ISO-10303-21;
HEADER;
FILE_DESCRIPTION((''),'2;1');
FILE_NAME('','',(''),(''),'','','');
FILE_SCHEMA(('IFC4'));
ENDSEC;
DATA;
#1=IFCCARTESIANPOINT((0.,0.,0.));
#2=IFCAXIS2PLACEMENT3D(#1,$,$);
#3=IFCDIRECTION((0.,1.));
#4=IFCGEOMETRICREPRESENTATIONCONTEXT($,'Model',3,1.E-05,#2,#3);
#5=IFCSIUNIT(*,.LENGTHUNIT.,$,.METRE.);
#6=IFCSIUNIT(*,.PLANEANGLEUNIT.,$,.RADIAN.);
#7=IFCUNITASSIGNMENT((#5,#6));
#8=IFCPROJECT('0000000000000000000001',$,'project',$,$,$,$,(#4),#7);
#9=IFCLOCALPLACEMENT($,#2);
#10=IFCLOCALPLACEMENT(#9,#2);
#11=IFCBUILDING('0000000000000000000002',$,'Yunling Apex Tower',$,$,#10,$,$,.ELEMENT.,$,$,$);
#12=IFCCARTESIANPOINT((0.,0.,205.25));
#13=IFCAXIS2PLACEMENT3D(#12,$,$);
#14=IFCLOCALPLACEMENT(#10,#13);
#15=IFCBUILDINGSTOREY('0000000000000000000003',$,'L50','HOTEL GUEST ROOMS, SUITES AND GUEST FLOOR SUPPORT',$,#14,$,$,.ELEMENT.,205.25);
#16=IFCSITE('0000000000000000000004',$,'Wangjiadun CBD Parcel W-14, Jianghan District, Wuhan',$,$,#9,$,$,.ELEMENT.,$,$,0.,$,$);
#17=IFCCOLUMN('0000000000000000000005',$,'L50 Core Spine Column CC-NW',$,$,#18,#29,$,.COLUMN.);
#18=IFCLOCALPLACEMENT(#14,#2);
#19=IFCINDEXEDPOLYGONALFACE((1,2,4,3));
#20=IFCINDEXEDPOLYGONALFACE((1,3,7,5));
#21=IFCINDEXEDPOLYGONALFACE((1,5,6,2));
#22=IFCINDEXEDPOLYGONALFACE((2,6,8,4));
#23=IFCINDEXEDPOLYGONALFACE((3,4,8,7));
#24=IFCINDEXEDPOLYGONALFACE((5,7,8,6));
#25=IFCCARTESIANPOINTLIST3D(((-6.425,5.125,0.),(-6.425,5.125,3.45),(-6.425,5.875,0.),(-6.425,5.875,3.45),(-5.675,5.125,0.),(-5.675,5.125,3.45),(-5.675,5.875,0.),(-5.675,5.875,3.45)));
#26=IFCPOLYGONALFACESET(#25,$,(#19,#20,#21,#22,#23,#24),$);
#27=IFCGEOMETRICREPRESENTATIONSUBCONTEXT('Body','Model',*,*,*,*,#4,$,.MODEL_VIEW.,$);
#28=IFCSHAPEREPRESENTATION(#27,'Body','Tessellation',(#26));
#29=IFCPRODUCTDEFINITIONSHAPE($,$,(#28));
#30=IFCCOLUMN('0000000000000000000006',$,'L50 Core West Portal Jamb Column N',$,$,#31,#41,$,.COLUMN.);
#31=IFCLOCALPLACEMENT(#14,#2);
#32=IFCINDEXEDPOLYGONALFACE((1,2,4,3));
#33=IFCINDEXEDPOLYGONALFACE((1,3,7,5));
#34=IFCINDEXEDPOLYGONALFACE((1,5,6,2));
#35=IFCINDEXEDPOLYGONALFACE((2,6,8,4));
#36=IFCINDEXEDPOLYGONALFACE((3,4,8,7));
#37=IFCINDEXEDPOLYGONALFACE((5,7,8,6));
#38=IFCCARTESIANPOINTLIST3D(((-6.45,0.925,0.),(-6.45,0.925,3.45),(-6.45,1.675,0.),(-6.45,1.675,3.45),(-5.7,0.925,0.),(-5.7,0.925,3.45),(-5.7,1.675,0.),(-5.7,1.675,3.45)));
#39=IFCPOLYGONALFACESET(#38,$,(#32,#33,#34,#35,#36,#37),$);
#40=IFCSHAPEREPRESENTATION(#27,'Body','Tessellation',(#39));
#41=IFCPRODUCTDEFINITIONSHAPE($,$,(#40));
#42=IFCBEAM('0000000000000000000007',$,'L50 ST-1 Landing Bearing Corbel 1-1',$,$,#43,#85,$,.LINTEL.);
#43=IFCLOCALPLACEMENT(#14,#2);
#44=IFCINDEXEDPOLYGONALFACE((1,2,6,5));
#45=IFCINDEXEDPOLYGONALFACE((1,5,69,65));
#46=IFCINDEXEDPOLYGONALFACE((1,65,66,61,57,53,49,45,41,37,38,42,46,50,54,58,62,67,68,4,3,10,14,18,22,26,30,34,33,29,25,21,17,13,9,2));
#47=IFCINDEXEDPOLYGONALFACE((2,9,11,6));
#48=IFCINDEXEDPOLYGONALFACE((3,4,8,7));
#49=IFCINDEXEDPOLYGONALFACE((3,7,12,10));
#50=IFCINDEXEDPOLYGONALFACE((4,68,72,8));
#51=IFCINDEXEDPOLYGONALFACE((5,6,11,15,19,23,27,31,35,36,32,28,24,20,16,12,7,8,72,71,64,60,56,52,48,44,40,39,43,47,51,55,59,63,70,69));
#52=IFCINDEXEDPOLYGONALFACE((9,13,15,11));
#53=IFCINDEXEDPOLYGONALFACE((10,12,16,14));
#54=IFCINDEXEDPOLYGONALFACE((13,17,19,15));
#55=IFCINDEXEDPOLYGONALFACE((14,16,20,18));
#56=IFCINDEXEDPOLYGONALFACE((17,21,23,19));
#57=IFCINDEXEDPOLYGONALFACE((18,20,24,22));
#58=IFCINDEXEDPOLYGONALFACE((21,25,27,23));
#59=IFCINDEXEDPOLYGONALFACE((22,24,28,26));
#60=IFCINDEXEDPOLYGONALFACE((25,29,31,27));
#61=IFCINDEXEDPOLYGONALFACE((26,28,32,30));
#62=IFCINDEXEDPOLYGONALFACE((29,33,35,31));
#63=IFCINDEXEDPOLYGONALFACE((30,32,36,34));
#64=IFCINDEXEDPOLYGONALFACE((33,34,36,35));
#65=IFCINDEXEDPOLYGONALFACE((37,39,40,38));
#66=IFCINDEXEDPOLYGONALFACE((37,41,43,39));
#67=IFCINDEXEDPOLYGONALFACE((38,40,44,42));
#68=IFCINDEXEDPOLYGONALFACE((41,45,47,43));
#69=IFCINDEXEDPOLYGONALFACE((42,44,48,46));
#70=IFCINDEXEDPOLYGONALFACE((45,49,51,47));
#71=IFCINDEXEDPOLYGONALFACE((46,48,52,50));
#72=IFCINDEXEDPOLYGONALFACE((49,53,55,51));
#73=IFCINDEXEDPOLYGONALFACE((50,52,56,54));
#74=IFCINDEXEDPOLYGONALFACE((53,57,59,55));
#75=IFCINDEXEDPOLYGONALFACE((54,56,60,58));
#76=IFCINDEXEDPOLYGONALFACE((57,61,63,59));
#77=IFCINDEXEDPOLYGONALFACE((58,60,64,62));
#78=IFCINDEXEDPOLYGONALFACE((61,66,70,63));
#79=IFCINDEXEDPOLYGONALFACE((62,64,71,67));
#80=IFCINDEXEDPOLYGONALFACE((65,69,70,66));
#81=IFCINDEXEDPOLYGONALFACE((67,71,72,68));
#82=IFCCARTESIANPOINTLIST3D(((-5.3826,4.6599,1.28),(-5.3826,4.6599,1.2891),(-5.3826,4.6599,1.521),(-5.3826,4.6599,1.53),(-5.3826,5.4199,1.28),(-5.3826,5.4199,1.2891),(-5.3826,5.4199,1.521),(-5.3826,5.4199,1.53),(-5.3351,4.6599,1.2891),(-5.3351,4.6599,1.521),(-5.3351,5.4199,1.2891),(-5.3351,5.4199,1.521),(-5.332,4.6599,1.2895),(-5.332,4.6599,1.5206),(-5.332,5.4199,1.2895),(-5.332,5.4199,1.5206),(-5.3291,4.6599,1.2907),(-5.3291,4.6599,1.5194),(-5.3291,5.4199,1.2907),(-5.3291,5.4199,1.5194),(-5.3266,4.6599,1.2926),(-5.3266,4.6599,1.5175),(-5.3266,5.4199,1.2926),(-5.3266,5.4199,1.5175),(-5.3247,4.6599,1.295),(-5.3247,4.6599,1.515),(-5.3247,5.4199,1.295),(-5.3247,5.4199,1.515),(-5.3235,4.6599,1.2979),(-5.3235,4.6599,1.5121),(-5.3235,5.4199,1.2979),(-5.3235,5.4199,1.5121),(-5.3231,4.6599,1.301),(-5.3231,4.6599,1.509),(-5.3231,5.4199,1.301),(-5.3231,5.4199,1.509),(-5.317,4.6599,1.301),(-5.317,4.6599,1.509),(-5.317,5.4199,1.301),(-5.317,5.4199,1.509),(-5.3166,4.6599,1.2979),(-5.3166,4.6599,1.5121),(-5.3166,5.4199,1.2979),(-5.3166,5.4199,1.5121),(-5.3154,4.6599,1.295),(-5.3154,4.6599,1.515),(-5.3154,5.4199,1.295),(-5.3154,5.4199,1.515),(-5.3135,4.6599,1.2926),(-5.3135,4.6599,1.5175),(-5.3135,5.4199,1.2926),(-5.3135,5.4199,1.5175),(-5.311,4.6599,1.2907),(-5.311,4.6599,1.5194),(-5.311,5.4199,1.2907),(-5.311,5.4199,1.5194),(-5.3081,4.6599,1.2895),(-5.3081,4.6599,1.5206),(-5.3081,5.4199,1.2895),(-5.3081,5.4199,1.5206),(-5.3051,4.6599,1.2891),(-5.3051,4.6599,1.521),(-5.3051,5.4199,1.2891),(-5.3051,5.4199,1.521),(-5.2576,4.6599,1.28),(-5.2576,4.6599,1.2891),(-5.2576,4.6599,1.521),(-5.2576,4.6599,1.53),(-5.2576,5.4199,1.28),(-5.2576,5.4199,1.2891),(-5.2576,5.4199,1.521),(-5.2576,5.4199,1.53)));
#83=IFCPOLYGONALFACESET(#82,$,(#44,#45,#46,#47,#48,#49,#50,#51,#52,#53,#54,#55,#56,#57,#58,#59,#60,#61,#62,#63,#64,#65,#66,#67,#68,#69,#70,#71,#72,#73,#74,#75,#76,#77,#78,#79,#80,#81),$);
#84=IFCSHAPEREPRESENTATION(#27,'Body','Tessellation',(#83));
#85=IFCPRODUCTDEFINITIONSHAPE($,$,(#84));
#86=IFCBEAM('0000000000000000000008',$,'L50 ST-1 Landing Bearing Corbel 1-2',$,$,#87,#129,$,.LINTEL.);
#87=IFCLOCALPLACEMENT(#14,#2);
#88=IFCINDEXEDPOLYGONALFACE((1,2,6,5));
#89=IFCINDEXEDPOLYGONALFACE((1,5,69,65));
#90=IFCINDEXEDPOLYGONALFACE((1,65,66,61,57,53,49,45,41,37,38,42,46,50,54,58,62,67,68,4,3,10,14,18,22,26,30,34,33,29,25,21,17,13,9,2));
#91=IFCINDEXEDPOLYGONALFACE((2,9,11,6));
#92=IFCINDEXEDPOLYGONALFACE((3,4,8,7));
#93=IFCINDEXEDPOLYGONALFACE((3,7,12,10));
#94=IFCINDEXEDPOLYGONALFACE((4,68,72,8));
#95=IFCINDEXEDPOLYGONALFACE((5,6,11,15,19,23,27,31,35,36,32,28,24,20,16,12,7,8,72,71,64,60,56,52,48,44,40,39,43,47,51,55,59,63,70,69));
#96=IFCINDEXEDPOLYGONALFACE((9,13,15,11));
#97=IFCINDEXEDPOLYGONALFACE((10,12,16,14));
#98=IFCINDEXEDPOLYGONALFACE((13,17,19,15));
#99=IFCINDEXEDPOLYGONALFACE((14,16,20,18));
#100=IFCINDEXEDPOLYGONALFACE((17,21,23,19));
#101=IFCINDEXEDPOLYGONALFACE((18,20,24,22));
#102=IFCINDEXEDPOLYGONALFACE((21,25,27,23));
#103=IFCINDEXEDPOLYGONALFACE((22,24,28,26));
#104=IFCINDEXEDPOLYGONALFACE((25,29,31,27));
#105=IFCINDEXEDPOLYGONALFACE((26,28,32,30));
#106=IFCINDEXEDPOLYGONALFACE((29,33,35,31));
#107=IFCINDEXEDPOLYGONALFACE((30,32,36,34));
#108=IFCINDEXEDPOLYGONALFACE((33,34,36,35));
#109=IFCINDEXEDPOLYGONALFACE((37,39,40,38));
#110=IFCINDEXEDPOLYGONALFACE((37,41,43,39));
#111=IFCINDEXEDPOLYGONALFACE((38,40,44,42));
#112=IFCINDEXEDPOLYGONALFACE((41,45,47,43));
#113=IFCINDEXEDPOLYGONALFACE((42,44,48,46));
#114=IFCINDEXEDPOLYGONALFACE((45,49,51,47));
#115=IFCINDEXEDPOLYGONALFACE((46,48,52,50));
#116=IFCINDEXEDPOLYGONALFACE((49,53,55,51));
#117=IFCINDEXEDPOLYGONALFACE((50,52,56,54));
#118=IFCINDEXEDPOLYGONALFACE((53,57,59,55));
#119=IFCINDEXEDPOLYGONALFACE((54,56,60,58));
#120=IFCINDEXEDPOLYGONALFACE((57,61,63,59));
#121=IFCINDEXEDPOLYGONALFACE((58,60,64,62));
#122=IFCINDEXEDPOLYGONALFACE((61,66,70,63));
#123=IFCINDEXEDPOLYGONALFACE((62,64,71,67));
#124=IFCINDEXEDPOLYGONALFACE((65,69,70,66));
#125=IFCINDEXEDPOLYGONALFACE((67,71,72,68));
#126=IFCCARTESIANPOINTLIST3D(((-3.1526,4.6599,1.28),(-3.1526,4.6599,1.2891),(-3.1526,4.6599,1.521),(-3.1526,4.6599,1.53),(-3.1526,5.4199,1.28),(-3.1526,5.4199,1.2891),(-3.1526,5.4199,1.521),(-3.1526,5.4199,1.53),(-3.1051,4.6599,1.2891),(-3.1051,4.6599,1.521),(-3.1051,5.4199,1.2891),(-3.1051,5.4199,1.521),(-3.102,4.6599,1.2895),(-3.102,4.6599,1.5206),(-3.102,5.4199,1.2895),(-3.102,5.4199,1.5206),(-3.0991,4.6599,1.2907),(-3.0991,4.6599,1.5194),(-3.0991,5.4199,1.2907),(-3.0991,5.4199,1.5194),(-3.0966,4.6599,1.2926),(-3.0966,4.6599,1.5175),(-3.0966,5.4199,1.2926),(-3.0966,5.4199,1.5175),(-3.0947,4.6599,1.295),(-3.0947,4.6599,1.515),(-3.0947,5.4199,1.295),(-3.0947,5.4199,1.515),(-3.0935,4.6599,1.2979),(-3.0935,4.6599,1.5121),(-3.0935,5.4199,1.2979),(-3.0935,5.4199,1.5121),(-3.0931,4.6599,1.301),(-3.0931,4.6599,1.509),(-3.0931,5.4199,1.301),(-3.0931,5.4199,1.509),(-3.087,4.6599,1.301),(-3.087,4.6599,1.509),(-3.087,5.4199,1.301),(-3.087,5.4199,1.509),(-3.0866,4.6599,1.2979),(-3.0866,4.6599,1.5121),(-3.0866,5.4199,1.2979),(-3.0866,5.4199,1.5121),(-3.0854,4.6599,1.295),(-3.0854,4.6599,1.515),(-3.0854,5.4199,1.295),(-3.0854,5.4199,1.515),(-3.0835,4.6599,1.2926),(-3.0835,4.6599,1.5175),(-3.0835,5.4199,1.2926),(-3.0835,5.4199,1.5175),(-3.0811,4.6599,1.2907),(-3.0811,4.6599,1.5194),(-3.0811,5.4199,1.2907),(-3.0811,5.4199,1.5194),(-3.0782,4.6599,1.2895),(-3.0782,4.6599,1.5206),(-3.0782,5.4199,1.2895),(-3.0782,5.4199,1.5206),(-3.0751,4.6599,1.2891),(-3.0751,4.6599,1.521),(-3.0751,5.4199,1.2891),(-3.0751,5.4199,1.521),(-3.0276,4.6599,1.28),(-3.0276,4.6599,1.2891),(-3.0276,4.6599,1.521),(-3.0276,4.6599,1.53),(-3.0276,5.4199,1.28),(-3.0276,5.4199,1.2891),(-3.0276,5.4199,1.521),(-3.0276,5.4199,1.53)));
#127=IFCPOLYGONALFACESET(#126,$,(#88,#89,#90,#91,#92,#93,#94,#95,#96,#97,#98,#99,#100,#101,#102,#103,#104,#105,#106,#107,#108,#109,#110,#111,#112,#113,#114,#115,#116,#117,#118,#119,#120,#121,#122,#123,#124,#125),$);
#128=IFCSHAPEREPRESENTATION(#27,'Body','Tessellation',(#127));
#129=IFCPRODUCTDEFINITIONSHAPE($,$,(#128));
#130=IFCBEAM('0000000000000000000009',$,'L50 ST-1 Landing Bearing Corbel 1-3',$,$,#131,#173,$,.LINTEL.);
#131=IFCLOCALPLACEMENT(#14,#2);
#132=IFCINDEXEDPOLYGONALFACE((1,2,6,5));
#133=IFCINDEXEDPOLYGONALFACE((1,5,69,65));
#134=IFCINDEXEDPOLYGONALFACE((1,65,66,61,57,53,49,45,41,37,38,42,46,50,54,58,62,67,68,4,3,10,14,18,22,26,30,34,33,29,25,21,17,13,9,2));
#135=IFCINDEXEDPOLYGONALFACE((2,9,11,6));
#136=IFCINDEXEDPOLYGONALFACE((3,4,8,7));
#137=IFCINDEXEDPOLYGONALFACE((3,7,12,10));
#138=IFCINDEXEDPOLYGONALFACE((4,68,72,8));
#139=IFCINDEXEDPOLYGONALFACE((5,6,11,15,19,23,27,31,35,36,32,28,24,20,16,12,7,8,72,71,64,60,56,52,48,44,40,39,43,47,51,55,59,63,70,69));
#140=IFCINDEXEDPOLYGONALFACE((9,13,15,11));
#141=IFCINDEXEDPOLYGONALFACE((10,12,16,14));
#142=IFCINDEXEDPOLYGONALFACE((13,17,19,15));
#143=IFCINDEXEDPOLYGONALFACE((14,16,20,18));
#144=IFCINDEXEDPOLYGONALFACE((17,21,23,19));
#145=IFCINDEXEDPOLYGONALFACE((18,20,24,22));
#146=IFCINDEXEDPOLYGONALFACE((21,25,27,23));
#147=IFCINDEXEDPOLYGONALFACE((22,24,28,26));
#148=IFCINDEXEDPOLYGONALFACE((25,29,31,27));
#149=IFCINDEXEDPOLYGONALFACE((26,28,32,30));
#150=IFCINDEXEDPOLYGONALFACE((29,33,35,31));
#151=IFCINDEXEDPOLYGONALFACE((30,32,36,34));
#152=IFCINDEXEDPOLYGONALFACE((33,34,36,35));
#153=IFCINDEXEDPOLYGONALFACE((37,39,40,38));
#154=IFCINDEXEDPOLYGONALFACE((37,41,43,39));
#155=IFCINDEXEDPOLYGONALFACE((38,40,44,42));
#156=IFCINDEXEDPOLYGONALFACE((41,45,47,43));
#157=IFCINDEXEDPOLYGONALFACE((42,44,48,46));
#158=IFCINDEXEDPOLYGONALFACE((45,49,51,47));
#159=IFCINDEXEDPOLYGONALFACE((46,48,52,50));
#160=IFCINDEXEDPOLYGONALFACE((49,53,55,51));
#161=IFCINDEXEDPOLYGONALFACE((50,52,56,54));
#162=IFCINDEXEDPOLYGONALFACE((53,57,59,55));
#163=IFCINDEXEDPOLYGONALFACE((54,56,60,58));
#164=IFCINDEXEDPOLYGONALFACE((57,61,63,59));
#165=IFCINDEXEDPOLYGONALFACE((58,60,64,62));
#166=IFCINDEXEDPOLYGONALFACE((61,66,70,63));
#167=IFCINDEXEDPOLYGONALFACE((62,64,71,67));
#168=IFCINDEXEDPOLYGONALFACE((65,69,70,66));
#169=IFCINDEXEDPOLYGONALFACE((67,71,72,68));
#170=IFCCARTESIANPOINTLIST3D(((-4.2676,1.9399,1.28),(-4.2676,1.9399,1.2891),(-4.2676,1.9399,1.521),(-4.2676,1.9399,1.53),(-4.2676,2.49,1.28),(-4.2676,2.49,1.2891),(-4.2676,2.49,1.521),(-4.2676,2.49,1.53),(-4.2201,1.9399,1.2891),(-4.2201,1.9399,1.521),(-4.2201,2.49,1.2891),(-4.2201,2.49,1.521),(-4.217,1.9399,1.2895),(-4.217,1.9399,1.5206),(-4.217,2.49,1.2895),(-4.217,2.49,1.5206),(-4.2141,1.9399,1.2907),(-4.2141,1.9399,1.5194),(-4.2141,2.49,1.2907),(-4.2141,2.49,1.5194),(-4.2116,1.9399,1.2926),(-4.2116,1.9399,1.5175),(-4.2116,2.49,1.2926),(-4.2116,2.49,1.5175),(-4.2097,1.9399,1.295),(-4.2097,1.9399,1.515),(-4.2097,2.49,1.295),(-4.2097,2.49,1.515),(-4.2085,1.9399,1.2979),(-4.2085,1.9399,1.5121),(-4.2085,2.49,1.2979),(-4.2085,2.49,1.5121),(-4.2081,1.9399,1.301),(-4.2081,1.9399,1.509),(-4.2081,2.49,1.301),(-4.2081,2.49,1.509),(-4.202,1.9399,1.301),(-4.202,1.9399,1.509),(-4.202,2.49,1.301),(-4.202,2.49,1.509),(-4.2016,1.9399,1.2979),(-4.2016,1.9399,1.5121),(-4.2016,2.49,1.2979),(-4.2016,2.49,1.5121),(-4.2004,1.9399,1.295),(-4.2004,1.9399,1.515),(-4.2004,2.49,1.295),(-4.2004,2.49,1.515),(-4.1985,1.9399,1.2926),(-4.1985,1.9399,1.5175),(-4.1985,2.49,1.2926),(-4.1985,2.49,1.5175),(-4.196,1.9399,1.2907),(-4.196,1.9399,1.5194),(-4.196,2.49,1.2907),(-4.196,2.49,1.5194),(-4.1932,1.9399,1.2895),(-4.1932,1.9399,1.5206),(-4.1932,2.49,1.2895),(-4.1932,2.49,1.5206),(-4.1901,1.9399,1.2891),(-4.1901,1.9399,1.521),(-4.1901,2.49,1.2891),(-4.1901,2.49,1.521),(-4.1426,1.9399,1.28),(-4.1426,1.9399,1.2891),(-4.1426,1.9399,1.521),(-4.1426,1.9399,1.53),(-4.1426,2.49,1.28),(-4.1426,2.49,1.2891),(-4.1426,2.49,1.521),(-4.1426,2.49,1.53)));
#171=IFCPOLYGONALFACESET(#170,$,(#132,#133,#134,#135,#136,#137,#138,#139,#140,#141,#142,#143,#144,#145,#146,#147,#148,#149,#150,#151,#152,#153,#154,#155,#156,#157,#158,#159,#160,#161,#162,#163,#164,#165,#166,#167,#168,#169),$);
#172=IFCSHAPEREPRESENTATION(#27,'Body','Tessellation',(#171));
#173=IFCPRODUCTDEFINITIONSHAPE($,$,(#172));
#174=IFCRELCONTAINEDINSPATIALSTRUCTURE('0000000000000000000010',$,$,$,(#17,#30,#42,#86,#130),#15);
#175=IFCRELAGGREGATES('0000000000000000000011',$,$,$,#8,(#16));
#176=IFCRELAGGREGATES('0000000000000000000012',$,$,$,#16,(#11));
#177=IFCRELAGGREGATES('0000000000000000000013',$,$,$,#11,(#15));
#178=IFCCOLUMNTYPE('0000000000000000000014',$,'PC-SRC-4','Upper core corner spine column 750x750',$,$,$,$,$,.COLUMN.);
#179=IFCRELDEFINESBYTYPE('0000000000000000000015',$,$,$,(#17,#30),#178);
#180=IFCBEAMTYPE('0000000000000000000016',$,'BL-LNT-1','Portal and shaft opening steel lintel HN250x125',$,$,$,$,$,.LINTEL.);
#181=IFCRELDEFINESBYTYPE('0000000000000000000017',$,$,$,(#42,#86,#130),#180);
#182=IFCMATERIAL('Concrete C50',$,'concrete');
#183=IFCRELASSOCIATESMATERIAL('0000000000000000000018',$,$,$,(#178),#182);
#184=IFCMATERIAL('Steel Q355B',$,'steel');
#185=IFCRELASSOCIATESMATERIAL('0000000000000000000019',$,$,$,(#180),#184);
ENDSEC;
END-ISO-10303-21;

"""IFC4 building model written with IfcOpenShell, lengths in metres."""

from ifc_helpers import new_model, si_unit, direction, frame, origin, origin_2d, place, context, subcontext, project, spatial, rectangle, i_section, extrude, source, transform, mapped, material, material_profile, profile_set, type_object, element, save


model = new_model("IFC4")

# Units and contexts
model_context = context("Model", 3, precision=1e-05, world=origin(), true_north=direction((0.0, 1.0)))
body_context = subcontext(model_context, "Body", "Model", "MODEL_VIEW")
ifc_project = project(units=[si_unit("LENGTHUNIT", "METRE"), si_unit("PLANEANGLEUNIT", "RADIAN")], contexts=[model_context])

# Site, building, storey
site_placement = place(None, origin())
site = spatial("IfcSite", under=ifc_project, at=site_placement, Name="Wangjiadun CBD Parcel W-14, Jianghan District, Wuhan", CompositionType="ELEMENT", RefElevation=0.0)
building_placement = place(site_placement, origin())
building = spatial("IfcBuilding", under=site, at=building_placement, Name="Yunling Apex Tower", CompositionType="ELEMENT")
storey_placement = place(building_placement, frame((0.0, 0.0, 205.25)))
storey = spatial("IfcBuildingStorey", under=building, at=storey_placement, Name="L50", Description="HOTEL GUEST ROOMS, SUITES AND GUEST FLOOR SUPPORT", CompositionType="ELEMENT", Elevation=205.25)

# Columns
ifc_material_1 = material(Name="Concrete C50", Category="concrete")
ifc_material_profile_1 = material_profile(ifc_material_1, rectangle(XDim=0.75, YDim=0.75, at=origin_2d()))
ifc_profile_set_1 = profile_set([ifc_material_profile_1], Name="Concrete C50")
column_type = type_object("IfcColumnType", Name="PC-SRC-4", Description="Upper core corner spine column 750x750", PredefinedType="COLUMN", material=ifc_profile_set_1)
shared_shape_1 = source(origin(), body_context, "Body", "SweptSolid", [
    extrude(rectangle(XDim=0.75, YDim=0.75, at=origin_2d()), origin(), (0.0, 0.0, 1.0), 3.45),
])
for number, where, z_axis, x_axis, name in (
    (1, (-6.05, 5.5, 0.0), (0.0, 0.0, 1.0), (1.0, 0.0, 0.0), "L50 Core Spine Column CC-NW"),
    (2, (-6.075, 1.3, 0.0), (0.0, 0.0, 1.0), (1.0, 0.0, 0.0), "L50 Core West Portal Jamb Column N"),
):
    element("IfcColumn", number, at=place(storey_placement, frame(where, z_axis=z_axis, x_axis=x_axis)), inside=storey, type_object=column_type, Name=name, PredefinedType="COLUMN", context=body_context, shape_type="MappedRepresentation", body=[
        mapped(shared_shape_1, transform((0.0, 0.0, 0.0), scale=1.0)),
    ])

# Beams
ifc_material_2 = material(Name="Steel Q355B", Category="steel")
ifc_material_profile_2 = material_profile(ifc_material_2, i_section(OverallWidth=0.125, OverallDepth=0.25, WebThickness=0.0061, FlangeThickness=0.009, FilletRadius=0.012, at=origin_2d()))
ifc_profile_set_2 = profile_set([ifc_material_profile_2], Name="Steel Q355B")
beam_type = type_object("IfcBeamType", Name="BL-LNT-1", Description="Portal and shaft opening steel lintel HN250x125", PredefinedType="LINTEL", material=ifc_profile_set_2)
shared_shape_2 = source(origin(), body_context, "Body", "SweptSolid", [
    extrude(i_section(OverallWidth=0.125, OverallDepth=0.25, WebThickness=0.0061, FlangeThickness=0.009, FilletRadius=0.012, at=origin_2d()), origin(), (0.0, 0.0, 1.0), 0.76),
])
for number, where, z_axis, x_axis, name in (
    (3, (-5.3201, 5.4199, 1.405), (0.0, -1.0, 0.0), (1.0, 0.0, 0.0), "L50 ST-1 Landing Bearing Corbel 1-1"),
    (4, (-3.0901, 5.4199, 1.405), (0.0, -1.0, 0.0), (1.0, 0.0, 0.0), "L50 ST-1 Landing Bearing Corbel 1-2"),
):
    element("IfcBeam", number, at=place(storey_placement, frame(where, z_axis=z_axis, x_axis=x_axis)), inside=storey, type_object=beam_type, Name=name, PredefinedType="LINTEL", context=body_context, shape_type="MappedRepresentation", body=[
        mapped(shared_shape_2, transform((0.0, 0.0, 0.0), scale=1.0)),
    ])
shared_shape_3 = source(origin(), body_context, "Body", "SweptSolid", [
    extrude(i_section(OverallWidth=0.125, OverallDepth=0.25, WebThickness=0.0061, FlangeThickness=0.009, FilletRadius=0.012, at=origin_2d()), origin(), (0.0, 0.0, 1.0), 0.55),
])
beam_placement = place(storey_placement, frame((-4.2051, 1.9399, 1.405), z_axis=(0.0, 1.0, 0.0), x_axis=(-1.0, 0.0, 0.0)))
element("IfcBeam", 5, at=beam_placement, inside=storey, type_object=beam_type, Name="L50 ST-1 Landing Bearing Corbel 1-3", PredefinedType="LINTEL", context=body_context, shape_type="MappedRepresentation", body=[
    mapped(shared_shape_3, transform((0.0, 0.0, 0.0), scale=1.0)),
])

save(model, "model.ifc")
